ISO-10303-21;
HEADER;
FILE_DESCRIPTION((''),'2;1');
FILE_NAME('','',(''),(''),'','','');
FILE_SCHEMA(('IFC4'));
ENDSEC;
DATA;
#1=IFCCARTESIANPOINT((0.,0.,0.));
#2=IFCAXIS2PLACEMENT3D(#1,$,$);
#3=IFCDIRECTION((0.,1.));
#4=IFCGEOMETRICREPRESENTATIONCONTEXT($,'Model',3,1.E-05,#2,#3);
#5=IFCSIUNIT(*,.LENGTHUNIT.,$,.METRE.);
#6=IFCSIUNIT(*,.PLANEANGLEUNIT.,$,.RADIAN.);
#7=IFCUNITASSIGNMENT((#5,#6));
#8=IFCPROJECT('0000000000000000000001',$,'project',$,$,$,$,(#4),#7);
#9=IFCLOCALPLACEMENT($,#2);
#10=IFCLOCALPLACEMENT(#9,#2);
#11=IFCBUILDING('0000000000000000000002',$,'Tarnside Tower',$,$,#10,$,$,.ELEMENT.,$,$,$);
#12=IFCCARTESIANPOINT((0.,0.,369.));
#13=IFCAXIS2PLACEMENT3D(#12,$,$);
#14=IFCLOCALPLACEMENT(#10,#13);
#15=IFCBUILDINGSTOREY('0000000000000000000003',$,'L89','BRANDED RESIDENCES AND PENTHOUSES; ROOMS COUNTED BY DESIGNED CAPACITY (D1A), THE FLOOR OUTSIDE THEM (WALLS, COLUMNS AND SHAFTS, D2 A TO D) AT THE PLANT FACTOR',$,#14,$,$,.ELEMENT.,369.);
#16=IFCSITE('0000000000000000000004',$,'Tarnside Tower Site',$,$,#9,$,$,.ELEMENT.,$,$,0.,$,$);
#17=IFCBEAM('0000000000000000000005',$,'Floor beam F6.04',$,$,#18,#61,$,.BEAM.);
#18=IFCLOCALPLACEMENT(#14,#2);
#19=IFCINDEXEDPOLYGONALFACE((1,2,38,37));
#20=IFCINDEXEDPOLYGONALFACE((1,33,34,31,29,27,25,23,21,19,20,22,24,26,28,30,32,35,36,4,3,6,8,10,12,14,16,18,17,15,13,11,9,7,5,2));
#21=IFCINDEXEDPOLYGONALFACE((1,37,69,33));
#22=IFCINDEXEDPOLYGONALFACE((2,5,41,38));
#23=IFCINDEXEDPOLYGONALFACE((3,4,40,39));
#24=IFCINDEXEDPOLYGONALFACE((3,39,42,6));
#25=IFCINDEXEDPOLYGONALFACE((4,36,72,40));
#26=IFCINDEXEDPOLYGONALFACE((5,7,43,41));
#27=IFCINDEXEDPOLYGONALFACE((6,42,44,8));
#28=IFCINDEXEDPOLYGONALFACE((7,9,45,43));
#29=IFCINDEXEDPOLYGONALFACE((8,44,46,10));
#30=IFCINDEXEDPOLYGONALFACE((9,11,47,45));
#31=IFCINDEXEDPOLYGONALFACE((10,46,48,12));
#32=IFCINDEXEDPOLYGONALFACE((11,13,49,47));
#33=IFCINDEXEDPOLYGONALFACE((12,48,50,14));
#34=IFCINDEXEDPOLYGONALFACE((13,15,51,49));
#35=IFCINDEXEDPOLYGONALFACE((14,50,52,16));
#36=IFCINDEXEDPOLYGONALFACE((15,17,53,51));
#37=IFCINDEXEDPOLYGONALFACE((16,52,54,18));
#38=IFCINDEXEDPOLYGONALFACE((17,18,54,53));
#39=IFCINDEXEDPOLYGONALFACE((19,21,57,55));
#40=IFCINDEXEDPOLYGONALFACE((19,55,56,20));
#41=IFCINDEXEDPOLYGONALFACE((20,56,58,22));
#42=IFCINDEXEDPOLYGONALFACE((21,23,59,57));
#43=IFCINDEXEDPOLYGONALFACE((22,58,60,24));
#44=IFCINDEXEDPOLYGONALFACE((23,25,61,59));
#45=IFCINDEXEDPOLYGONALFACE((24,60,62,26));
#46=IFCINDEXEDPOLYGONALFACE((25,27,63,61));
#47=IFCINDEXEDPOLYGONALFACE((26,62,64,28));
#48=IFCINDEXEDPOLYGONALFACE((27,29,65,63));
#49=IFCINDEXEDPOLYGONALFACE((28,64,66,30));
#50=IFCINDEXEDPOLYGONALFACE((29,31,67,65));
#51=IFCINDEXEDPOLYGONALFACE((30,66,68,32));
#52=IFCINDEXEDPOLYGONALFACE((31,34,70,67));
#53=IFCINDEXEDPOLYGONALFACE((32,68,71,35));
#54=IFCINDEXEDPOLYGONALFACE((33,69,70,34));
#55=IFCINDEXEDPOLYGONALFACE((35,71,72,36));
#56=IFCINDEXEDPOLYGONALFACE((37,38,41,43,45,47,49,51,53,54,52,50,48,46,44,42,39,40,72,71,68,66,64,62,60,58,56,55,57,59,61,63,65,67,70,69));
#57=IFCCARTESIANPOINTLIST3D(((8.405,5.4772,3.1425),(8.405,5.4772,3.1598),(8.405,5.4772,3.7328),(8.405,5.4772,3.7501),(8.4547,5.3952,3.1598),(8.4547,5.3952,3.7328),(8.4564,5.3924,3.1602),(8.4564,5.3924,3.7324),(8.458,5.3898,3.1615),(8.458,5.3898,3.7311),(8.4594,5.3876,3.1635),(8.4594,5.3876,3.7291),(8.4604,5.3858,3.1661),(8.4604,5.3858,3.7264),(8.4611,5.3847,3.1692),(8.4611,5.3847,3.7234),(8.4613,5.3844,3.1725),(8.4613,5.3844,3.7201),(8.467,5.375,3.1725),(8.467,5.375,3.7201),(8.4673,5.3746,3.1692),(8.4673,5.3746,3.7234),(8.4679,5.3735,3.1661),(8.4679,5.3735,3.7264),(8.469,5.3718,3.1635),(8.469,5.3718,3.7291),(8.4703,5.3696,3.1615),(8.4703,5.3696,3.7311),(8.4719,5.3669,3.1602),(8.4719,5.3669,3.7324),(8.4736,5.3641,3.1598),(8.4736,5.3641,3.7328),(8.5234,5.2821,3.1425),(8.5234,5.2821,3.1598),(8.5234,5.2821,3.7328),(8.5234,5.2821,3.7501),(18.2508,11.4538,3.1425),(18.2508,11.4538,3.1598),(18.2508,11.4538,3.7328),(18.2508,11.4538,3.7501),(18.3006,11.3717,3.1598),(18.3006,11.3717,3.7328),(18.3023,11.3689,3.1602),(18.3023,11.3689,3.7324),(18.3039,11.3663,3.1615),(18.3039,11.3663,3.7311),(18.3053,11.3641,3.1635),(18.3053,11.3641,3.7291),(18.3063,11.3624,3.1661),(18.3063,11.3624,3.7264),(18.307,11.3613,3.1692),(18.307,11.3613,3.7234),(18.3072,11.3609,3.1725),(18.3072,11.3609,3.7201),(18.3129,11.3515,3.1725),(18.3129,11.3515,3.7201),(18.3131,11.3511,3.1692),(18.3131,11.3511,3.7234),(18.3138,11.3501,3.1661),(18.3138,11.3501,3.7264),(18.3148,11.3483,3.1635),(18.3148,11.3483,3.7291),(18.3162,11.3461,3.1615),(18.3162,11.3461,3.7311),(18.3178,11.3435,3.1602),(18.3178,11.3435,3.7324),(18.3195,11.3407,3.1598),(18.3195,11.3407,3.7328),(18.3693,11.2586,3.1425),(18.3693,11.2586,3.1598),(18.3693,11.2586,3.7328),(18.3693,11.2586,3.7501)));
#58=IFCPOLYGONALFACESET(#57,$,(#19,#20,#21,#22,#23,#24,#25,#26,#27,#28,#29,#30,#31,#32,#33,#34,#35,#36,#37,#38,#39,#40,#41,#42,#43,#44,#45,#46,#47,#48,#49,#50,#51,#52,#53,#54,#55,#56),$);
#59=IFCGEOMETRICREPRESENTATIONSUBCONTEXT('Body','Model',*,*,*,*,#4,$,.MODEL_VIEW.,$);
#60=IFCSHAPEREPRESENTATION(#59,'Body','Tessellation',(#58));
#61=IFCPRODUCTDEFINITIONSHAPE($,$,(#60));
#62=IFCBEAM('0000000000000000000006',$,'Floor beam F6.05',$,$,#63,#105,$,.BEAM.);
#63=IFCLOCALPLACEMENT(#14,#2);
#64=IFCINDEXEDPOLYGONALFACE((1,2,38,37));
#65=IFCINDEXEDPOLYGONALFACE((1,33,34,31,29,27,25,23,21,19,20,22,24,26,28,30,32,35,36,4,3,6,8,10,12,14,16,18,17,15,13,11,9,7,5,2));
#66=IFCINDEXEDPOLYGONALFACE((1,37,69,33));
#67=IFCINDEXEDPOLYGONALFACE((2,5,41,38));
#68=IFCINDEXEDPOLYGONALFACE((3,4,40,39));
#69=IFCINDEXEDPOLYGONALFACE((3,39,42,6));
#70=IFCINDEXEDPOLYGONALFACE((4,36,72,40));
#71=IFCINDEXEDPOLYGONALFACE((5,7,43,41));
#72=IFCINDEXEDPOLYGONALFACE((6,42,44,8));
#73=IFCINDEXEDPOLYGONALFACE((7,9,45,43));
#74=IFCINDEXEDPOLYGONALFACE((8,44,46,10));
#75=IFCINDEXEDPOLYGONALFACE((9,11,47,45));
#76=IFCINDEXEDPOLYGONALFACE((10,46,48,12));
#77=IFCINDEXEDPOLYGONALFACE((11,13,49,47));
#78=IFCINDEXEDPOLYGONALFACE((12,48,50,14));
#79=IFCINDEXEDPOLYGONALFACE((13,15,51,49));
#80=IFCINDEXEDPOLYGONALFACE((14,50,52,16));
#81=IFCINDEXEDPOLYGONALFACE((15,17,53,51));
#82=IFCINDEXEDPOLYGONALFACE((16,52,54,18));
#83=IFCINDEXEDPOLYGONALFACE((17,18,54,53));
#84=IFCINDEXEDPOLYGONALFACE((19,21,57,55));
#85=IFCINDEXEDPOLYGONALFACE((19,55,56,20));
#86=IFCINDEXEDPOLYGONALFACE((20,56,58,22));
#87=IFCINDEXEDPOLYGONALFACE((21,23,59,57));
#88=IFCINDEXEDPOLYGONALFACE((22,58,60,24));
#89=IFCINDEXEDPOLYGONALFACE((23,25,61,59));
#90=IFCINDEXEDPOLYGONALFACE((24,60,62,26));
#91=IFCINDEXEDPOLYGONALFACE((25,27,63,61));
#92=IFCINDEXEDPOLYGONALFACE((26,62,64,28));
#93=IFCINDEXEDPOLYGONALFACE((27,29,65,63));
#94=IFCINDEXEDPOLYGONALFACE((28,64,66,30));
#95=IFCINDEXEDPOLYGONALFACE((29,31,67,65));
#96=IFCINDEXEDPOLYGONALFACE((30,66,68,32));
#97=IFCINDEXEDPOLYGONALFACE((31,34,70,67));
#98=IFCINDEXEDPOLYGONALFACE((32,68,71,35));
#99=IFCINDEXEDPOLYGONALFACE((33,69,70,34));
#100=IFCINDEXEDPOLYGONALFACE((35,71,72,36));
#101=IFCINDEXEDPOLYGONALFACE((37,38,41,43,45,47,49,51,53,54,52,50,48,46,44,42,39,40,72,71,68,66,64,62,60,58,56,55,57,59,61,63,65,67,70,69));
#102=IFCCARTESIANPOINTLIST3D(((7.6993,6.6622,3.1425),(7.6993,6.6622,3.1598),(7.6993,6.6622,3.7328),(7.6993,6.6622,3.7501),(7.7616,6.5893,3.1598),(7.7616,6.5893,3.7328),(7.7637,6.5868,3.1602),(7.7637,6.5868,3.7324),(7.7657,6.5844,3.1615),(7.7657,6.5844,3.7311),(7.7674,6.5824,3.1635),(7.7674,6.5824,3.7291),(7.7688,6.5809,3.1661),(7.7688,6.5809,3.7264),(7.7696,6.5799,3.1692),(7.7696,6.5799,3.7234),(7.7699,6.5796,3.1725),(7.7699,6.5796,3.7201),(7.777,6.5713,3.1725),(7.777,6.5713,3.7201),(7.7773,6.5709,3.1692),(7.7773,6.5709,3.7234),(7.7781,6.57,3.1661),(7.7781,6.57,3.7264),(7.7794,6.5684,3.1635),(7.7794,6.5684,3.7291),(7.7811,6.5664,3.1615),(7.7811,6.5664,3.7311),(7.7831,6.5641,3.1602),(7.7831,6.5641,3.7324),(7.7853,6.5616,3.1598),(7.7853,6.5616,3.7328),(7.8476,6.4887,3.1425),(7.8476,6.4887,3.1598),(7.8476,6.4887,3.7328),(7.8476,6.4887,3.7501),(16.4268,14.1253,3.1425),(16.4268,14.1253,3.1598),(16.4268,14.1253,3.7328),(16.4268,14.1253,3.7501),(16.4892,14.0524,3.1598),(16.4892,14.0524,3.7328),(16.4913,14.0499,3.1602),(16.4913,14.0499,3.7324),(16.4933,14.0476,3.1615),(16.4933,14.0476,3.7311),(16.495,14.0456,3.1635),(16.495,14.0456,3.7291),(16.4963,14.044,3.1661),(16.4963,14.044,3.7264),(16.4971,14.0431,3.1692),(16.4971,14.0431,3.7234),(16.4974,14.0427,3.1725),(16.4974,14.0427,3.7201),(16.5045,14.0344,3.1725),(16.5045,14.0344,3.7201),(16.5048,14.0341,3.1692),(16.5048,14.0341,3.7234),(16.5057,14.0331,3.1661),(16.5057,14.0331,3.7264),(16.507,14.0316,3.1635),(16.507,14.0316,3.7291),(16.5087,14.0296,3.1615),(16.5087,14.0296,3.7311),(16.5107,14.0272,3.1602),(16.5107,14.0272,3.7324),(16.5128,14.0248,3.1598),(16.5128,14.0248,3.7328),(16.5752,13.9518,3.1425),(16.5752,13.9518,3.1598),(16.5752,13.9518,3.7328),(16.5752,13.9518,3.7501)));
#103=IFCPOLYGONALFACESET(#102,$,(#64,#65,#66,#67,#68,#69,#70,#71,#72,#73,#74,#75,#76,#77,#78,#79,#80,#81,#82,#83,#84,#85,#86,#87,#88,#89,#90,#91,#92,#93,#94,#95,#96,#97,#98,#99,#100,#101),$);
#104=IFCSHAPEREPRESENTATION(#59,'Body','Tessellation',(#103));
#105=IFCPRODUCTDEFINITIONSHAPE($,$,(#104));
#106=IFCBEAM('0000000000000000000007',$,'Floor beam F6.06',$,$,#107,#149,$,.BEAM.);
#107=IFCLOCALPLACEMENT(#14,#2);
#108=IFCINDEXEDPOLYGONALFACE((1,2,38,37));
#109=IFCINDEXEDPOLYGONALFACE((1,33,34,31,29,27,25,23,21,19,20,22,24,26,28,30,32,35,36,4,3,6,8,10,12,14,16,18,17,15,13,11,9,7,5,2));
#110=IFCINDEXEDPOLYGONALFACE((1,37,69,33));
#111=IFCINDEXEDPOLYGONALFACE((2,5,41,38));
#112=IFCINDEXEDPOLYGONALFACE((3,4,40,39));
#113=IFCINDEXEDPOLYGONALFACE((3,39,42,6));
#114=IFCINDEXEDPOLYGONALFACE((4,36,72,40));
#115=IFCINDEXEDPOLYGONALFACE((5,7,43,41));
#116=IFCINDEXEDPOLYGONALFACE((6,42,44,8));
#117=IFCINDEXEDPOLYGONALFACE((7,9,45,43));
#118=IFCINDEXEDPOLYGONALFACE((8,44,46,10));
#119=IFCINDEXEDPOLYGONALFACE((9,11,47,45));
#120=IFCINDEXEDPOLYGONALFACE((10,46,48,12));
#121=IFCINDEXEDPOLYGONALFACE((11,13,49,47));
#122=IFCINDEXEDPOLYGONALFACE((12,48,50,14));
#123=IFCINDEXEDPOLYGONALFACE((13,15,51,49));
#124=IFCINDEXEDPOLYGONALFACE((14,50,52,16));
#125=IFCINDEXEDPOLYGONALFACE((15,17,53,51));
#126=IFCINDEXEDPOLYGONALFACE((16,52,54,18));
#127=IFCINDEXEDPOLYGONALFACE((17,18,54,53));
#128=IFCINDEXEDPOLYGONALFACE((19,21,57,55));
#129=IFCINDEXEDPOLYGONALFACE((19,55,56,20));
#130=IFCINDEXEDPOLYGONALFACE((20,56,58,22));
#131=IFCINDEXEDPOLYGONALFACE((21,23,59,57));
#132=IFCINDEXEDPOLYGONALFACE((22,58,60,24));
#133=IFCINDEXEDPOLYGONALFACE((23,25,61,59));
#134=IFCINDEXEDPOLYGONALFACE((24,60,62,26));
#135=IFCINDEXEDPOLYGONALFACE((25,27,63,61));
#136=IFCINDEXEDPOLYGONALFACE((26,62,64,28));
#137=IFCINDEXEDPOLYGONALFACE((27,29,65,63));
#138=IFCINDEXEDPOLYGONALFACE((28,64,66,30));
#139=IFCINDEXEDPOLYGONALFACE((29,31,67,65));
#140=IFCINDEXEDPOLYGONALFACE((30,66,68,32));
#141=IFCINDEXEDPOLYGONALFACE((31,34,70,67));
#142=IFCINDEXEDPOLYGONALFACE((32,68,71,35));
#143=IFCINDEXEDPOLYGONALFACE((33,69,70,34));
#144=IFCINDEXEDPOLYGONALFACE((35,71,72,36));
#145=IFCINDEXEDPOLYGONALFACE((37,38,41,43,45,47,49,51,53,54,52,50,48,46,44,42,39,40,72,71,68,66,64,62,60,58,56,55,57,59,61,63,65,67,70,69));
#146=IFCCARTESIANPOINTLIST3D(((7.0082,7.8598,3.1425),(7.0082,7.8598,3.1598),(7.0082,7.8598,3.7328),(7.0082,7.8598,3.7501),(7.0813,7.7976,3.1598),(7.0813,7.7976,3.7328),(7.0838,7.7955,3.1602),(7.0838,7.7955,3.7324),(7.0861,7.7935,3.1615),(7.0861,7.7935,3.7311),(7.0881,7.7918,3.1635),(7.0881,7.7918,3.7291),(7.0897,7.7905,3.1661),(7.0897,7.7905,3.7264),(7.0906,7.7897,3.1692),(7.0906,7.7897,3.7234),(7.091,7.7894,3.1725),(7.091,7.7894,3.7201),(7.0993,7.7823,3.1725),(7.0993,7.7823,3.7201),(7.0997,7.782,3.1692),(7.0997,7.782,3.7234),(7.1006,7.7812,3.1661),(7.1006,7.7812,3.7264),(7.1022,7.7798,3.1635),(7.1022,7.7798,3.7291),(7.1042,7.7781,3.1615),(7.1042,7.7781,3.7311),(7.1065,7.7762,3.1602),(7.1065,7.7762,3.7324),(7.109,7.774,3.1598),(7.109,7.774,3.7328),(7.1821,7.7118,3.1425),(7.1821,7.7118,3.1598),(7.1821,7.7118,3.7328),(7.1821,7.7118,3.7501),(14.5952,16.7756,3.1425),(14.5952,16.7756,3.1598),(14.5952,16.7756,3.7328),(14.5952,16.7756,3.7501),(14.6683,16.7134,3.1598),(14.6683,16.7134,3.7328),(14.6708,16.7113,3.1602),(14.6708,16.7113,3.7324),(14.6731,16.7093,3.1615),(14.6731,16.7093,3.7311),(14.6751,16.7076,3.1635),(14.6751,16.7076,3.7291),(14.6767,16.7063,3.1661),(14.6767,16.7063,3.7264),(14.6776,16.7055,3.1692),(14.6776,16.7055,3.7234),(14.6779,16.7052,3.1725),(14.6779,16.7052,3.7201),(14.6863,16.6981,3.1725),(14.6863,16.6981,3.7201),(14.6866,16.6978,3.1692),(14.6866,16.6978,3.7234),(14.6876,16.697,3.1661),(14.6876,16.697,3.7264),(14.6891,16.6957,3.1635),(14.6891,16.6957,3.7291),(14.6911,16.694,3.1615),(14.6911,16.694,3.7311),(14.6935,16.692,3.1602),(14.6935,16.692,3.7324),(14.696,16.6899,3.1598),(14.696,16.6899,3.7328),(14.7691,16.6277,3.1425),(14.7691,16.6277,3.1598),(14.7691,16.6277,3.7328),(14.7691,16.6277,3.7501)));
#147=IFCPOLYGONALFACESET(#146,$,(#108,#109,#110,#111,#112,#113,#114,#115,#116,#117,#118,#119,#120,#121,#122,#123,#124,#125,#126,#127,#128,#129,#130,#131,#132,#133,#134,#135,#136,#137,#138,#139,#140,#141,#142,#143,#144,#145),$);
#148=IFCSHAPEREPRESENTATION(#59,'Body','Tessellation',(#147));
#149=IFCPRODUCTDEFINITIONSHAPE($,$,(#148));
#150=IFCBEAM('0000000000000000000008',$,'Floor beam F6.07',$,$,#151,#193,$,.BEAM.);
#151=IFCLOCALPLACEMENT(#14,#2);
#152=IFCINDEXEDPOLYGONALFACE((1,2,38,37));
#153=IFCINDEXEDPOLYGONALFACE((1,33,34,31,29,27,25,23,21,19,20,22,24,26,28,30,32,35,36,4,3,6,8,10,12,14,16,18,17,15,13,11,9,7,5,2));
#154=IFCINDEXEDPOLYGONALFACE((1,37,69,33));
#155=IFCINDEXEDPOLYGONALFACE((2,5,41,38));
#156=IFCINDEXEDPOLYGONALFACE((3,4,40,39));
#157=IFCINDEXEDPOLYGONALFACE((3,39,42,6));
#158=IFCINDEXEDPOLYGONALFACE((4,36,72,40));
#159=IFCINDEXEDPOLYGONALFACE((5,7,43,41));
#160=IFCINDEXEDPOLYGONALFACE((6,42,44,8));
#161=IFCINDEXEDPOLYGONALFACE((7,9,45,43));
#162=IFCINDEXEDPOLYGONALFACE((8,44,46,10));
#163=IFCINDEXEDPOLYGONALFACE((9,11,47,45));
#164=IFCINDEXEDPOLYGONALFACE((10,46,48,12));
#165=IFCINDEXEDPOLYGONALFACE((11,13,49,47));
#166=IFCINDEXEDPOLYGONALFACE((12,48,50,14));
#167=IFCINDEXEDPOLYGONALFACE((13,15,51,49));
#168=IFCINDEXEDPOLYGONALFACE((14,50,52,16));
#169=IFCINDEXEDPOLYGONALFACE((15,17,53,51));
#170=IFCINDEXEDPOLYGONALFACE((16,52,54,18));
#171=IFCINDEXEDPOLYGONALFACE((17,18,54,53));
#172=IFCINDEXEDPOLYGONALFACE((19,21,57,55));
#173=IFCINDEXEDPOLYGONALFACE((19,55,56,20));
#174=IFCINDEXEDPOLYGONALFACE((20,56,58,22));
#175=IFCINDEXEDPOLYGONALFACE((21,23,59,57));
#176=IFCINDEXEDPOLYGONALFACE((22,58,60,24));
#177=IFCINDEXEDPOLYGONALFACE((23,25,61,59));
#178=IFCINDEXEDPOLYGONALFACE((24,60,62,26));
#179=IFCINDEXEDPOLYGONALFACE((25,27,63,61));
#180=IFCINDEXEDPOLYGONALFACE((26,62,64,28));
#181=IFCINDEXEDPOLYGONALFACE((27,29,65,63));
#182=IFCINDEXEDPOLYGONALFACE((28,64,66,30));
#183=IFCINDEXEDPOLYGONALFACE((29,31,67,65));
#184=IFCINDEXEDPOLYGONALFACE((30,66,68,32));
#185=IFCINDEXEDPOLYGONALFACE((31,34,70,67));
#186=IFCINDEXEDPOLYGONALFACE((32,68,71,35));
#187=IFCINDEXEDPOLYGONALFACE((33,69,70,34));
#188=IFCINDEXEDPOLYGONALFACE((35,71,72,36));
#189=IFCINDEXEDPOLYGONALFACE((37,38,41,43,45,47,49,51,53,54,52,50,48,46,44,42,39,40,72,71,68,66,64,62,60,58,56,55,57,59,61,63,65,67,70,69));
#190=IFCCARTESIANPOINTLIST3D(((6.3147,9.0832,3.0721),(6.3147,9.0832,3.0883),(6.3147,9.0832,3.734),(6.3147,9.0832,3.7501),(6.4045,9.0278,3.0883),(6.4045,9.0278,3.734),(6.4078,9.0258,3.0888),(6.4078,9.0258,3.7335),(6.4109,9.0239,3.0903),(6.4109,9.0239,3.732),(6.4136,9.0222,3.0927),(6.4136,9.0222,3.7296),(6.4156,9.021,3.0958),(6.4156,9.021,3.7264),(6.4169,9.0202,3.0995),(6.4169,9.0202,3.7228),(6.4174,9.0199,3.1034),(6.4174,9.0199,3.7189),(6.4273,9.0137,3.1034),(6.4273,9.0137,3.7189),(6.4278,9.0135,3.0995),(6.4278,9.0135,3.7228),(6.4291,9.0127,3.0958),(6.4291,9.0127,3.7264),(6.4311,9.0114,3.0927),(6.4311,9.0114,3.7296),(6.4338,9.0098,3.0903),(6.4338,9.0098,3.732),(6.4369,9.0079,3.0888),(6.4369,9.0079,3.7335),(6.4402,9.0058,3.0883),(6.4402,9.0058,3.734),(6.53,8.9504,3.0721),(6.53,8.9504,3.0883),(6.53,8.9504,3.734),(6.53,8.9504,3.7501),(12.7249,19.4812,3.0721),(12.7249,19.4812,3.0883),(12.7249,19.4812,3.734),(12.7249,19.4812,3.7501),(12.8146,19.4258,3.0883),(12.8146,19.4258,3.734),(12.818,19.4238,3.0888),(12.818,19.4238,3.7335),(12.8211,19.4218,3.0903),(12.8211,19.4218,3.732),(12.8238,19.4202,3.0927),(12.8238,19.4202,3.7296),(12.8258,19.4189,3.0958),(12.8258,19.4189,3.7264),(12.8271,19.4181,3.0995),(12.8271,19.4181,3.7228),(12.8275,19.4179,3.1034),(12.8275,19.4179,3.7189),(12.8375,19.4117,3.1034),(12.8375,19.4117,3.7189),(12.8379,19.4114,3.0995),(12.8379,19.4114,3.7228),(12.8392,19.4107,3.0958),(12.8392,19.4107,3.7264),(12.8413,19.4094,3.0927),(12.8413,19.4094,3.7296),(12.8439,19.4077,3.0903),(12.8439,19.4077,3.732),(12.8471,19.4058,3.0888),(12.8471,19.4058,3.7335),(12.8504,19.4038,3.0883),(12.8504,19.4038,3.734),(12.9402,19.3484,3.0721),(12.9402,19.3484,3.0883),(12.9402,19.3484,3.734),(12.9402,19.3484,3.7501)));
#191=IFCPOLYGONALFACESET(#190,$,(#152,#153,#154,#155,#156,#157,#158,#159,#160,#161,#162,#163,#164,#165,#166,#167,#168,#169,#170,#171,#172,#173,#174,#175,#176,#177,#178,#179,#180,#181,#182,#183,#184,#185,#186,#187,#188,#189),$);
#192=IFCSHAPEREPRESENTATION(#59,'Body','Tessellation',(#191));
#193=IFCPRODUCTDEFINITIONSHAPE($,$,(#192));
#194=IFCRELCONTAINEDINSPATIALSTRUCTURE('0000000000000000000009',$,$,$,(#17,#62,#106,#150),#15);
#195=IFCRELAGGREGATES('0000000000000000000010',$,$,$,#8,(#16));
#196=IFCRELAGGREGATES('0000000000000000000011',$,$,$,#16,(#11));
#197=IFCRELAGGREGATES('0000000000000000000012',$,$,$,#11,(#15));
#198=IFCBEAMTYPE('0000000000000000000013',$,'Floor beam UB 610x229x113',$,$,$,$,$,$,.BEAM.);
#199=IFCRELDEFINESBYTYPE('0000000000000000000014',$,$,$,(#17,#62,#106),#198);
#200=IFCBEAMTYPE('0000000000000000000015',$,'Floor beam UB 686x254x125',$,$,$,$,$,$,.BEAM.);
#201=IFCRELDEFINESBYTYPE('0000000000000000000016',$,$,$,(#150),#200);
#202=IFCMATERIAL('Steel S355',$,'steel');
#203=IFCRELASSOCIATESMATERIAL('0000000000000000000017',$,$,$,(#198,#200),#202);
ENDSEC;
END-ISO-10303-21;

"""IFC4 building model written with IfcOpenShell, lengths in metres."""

from ifc_helpers import new_model, si_unit, direction, frame, origin, origin_2d, place, context, subcontext, project, spatial, i_section, extrude, material, material_profile, profile_set, type_object, element, save


model = new_model("IFC4")

# Units and contexts
model_context = context("Model", 3, precision=1e-05, world=origin(), true_north=direction((0.0, 1.0)))
body_context = subcontext(model_context, "Body", "Model", "MODEL_VIEW")
ifc_project = project(units=[si_unit("LENGTHUNIT", "METRE"), si_unit("PLANEANGLEUNIT", "RADIAN")], contexts=[model_context])

# Site, building, storey
site_placement = place(None, origin())
site = spatial("IfcSite", under=ifc_project, at=site_placement, Name="Tarnside Tower Site", CompositionType="ELEMENT", RefElevation=0.0)
building_placement = place(site_placement, origin())
building = spatial("IfcBuilding", under=site, at=building_placement, Name="Tarnside Tower", CompositionType="ELEMENT")
storey_placement = place(building_placement, frame((0.0, 0.0, 369.0)))
storey = spatial("IfcBuildingStorey", under=building, at=storey_placement, Name="L89", Description="BRANDED RESIDENCES AND PENTHOUSES; ROOMS COUNTED BY DESIGNED CAPACITY (D1A), THE FLOOR OUTSIDE THEM (WALLS, COLUMNS AND SHAFTS, D2 A TO D) AT THE PLANT FACTOR", CompositionType="ELEMENT", Elevation=369.0)

# Beams
ifc_material_1 = material(Name="Steel S355", Category="steel")
ifc_material_profile_1 = material_profile(ifc_material_1, i_section(OverallWidth=0.2283, OverallDepth=0.6077, WebThickness=0.011, FlangeThickness=0.0173, FilletRadius=0.0127, at=origin_2d()), Name="UB 610x229x113")
ifc_profile_set_1 = profile_set([ifc_material_profile_1], Name="Steel S355")
beam_type_1 = type_object("IfcBeamType", Name="Floor beam UB 610x229x113", PredefinedType="BEAM", material=ifc_profile_set_1)
beam_1_placement = place(storey_placement, frame((18.3101, 11.3562, 3.4463), z_axis=(-0.854839, -0.518894, 0.0), x_axis=(0.518894, -0.854839, 0.0)))
element("IfcBeam", 1, at=beam_1_placement, inside=storey, type_object=beam_type_1, Name="Floor beam F6.04", PredefinedType="BEAM", context=body_context, shape_type="SweptSolid", body=[
    extrude(i_section(OverallWidth=0.2283, OverallDepth=0.6077, WebThickness=0.011, FlangeThickness=0.0173, FilletRadius=0.0127, at=origin_2d()), origin(), (0.0, 0.0, 1.0), 11.5178),
])
beam_2_placement = place(storey_placement, frame((16.501, 14.0386, 3.4463), z_axis=(-0.760014, -0.649907, 0.0), x_axis=(0.649907, -0.760014, 0.0)))
element("IfcBeam", 2, at=beam_2_placement, inside=storey, type_object=beam_type_1, Name="Floor beam F6.05", PredefinedType="BEAM", context=body_context, shape_type="SweptSolid", body=[
    extrude(i_section(OverallWidth=0.2283, OverallDepth=0.6077, WebThickness=0.011, FlangeThickness=0.0173, FilletRadius=0.0127, at=origin_2d()), origin(), (0.0, 0.0, 1.0), 11.4834),
])
beam_3_placement = place(storey_placement, frame((14.6821, 16.7017, 3.4463), z_axis=(-0.64807, -0.761581, 0.0), x_axis=(0.761581, -0.64807, 0.0)))
element("IfcBeam", 3, at=beam_3_placement, inside=storey, type_object=beam_type_1, Name="Floor beam F6.06", PredefinedType="BEAM", context=body_context, shape_type="SweptSolid", body=[
    extrude(i_section(OverallWidth=0.2283, OverallDepth=0.6077, WebThickness=0.011, FlangeThickness=0.0173, FilletRadius=0.0127, at=origin_2d()), origin(), (0.0, 0.0, 1.0), 11.707),
])
ifc_material_profile_2 = material_profile(ifc_material_1, i_section(OverallWidth=0.2529, OverallDepth=0.678, WebThickness=0.0117, FlangeThickness=0.0161, FilletRadius=0.0151, at=origin_2d()), Name="UB 686x254x125")
ifc_profile_set_2 = profile_set([ifc_material_profile_2], Name="Steel S355")
beam_type_2 = type_object("IfcBeamType", Name="Floor beam UB 686x254x125", PredefinedType="BEAM", material=ifc_profile_set_2)
beam_4_placement = place(storey_placement, frame((12.8325, 19.4148, 3.4111), z_axis=(-0.524775, -0.851241, 0.0), x_axis=(0.851241, -0.524775, 0.0)))
element("IfcBeam", 4, at=beam_4_placement, inside=storey, type_object=beam_type_2, Name="Floor beam F6.07", PredefinedType="BEAM", context=body_context, shape_type="SweptSolid", body=[
    extrude(i_section(OverallWidth=0.2529, OverallDepth=0.678, WebThickness=0.0117, FlangeThickness=0.0161, FilletRadius=0.0151, at=origin_2d()), origin(), (0.0, 0.0, 1.0), 12.2151),
])

save(model, "model.ifc")
